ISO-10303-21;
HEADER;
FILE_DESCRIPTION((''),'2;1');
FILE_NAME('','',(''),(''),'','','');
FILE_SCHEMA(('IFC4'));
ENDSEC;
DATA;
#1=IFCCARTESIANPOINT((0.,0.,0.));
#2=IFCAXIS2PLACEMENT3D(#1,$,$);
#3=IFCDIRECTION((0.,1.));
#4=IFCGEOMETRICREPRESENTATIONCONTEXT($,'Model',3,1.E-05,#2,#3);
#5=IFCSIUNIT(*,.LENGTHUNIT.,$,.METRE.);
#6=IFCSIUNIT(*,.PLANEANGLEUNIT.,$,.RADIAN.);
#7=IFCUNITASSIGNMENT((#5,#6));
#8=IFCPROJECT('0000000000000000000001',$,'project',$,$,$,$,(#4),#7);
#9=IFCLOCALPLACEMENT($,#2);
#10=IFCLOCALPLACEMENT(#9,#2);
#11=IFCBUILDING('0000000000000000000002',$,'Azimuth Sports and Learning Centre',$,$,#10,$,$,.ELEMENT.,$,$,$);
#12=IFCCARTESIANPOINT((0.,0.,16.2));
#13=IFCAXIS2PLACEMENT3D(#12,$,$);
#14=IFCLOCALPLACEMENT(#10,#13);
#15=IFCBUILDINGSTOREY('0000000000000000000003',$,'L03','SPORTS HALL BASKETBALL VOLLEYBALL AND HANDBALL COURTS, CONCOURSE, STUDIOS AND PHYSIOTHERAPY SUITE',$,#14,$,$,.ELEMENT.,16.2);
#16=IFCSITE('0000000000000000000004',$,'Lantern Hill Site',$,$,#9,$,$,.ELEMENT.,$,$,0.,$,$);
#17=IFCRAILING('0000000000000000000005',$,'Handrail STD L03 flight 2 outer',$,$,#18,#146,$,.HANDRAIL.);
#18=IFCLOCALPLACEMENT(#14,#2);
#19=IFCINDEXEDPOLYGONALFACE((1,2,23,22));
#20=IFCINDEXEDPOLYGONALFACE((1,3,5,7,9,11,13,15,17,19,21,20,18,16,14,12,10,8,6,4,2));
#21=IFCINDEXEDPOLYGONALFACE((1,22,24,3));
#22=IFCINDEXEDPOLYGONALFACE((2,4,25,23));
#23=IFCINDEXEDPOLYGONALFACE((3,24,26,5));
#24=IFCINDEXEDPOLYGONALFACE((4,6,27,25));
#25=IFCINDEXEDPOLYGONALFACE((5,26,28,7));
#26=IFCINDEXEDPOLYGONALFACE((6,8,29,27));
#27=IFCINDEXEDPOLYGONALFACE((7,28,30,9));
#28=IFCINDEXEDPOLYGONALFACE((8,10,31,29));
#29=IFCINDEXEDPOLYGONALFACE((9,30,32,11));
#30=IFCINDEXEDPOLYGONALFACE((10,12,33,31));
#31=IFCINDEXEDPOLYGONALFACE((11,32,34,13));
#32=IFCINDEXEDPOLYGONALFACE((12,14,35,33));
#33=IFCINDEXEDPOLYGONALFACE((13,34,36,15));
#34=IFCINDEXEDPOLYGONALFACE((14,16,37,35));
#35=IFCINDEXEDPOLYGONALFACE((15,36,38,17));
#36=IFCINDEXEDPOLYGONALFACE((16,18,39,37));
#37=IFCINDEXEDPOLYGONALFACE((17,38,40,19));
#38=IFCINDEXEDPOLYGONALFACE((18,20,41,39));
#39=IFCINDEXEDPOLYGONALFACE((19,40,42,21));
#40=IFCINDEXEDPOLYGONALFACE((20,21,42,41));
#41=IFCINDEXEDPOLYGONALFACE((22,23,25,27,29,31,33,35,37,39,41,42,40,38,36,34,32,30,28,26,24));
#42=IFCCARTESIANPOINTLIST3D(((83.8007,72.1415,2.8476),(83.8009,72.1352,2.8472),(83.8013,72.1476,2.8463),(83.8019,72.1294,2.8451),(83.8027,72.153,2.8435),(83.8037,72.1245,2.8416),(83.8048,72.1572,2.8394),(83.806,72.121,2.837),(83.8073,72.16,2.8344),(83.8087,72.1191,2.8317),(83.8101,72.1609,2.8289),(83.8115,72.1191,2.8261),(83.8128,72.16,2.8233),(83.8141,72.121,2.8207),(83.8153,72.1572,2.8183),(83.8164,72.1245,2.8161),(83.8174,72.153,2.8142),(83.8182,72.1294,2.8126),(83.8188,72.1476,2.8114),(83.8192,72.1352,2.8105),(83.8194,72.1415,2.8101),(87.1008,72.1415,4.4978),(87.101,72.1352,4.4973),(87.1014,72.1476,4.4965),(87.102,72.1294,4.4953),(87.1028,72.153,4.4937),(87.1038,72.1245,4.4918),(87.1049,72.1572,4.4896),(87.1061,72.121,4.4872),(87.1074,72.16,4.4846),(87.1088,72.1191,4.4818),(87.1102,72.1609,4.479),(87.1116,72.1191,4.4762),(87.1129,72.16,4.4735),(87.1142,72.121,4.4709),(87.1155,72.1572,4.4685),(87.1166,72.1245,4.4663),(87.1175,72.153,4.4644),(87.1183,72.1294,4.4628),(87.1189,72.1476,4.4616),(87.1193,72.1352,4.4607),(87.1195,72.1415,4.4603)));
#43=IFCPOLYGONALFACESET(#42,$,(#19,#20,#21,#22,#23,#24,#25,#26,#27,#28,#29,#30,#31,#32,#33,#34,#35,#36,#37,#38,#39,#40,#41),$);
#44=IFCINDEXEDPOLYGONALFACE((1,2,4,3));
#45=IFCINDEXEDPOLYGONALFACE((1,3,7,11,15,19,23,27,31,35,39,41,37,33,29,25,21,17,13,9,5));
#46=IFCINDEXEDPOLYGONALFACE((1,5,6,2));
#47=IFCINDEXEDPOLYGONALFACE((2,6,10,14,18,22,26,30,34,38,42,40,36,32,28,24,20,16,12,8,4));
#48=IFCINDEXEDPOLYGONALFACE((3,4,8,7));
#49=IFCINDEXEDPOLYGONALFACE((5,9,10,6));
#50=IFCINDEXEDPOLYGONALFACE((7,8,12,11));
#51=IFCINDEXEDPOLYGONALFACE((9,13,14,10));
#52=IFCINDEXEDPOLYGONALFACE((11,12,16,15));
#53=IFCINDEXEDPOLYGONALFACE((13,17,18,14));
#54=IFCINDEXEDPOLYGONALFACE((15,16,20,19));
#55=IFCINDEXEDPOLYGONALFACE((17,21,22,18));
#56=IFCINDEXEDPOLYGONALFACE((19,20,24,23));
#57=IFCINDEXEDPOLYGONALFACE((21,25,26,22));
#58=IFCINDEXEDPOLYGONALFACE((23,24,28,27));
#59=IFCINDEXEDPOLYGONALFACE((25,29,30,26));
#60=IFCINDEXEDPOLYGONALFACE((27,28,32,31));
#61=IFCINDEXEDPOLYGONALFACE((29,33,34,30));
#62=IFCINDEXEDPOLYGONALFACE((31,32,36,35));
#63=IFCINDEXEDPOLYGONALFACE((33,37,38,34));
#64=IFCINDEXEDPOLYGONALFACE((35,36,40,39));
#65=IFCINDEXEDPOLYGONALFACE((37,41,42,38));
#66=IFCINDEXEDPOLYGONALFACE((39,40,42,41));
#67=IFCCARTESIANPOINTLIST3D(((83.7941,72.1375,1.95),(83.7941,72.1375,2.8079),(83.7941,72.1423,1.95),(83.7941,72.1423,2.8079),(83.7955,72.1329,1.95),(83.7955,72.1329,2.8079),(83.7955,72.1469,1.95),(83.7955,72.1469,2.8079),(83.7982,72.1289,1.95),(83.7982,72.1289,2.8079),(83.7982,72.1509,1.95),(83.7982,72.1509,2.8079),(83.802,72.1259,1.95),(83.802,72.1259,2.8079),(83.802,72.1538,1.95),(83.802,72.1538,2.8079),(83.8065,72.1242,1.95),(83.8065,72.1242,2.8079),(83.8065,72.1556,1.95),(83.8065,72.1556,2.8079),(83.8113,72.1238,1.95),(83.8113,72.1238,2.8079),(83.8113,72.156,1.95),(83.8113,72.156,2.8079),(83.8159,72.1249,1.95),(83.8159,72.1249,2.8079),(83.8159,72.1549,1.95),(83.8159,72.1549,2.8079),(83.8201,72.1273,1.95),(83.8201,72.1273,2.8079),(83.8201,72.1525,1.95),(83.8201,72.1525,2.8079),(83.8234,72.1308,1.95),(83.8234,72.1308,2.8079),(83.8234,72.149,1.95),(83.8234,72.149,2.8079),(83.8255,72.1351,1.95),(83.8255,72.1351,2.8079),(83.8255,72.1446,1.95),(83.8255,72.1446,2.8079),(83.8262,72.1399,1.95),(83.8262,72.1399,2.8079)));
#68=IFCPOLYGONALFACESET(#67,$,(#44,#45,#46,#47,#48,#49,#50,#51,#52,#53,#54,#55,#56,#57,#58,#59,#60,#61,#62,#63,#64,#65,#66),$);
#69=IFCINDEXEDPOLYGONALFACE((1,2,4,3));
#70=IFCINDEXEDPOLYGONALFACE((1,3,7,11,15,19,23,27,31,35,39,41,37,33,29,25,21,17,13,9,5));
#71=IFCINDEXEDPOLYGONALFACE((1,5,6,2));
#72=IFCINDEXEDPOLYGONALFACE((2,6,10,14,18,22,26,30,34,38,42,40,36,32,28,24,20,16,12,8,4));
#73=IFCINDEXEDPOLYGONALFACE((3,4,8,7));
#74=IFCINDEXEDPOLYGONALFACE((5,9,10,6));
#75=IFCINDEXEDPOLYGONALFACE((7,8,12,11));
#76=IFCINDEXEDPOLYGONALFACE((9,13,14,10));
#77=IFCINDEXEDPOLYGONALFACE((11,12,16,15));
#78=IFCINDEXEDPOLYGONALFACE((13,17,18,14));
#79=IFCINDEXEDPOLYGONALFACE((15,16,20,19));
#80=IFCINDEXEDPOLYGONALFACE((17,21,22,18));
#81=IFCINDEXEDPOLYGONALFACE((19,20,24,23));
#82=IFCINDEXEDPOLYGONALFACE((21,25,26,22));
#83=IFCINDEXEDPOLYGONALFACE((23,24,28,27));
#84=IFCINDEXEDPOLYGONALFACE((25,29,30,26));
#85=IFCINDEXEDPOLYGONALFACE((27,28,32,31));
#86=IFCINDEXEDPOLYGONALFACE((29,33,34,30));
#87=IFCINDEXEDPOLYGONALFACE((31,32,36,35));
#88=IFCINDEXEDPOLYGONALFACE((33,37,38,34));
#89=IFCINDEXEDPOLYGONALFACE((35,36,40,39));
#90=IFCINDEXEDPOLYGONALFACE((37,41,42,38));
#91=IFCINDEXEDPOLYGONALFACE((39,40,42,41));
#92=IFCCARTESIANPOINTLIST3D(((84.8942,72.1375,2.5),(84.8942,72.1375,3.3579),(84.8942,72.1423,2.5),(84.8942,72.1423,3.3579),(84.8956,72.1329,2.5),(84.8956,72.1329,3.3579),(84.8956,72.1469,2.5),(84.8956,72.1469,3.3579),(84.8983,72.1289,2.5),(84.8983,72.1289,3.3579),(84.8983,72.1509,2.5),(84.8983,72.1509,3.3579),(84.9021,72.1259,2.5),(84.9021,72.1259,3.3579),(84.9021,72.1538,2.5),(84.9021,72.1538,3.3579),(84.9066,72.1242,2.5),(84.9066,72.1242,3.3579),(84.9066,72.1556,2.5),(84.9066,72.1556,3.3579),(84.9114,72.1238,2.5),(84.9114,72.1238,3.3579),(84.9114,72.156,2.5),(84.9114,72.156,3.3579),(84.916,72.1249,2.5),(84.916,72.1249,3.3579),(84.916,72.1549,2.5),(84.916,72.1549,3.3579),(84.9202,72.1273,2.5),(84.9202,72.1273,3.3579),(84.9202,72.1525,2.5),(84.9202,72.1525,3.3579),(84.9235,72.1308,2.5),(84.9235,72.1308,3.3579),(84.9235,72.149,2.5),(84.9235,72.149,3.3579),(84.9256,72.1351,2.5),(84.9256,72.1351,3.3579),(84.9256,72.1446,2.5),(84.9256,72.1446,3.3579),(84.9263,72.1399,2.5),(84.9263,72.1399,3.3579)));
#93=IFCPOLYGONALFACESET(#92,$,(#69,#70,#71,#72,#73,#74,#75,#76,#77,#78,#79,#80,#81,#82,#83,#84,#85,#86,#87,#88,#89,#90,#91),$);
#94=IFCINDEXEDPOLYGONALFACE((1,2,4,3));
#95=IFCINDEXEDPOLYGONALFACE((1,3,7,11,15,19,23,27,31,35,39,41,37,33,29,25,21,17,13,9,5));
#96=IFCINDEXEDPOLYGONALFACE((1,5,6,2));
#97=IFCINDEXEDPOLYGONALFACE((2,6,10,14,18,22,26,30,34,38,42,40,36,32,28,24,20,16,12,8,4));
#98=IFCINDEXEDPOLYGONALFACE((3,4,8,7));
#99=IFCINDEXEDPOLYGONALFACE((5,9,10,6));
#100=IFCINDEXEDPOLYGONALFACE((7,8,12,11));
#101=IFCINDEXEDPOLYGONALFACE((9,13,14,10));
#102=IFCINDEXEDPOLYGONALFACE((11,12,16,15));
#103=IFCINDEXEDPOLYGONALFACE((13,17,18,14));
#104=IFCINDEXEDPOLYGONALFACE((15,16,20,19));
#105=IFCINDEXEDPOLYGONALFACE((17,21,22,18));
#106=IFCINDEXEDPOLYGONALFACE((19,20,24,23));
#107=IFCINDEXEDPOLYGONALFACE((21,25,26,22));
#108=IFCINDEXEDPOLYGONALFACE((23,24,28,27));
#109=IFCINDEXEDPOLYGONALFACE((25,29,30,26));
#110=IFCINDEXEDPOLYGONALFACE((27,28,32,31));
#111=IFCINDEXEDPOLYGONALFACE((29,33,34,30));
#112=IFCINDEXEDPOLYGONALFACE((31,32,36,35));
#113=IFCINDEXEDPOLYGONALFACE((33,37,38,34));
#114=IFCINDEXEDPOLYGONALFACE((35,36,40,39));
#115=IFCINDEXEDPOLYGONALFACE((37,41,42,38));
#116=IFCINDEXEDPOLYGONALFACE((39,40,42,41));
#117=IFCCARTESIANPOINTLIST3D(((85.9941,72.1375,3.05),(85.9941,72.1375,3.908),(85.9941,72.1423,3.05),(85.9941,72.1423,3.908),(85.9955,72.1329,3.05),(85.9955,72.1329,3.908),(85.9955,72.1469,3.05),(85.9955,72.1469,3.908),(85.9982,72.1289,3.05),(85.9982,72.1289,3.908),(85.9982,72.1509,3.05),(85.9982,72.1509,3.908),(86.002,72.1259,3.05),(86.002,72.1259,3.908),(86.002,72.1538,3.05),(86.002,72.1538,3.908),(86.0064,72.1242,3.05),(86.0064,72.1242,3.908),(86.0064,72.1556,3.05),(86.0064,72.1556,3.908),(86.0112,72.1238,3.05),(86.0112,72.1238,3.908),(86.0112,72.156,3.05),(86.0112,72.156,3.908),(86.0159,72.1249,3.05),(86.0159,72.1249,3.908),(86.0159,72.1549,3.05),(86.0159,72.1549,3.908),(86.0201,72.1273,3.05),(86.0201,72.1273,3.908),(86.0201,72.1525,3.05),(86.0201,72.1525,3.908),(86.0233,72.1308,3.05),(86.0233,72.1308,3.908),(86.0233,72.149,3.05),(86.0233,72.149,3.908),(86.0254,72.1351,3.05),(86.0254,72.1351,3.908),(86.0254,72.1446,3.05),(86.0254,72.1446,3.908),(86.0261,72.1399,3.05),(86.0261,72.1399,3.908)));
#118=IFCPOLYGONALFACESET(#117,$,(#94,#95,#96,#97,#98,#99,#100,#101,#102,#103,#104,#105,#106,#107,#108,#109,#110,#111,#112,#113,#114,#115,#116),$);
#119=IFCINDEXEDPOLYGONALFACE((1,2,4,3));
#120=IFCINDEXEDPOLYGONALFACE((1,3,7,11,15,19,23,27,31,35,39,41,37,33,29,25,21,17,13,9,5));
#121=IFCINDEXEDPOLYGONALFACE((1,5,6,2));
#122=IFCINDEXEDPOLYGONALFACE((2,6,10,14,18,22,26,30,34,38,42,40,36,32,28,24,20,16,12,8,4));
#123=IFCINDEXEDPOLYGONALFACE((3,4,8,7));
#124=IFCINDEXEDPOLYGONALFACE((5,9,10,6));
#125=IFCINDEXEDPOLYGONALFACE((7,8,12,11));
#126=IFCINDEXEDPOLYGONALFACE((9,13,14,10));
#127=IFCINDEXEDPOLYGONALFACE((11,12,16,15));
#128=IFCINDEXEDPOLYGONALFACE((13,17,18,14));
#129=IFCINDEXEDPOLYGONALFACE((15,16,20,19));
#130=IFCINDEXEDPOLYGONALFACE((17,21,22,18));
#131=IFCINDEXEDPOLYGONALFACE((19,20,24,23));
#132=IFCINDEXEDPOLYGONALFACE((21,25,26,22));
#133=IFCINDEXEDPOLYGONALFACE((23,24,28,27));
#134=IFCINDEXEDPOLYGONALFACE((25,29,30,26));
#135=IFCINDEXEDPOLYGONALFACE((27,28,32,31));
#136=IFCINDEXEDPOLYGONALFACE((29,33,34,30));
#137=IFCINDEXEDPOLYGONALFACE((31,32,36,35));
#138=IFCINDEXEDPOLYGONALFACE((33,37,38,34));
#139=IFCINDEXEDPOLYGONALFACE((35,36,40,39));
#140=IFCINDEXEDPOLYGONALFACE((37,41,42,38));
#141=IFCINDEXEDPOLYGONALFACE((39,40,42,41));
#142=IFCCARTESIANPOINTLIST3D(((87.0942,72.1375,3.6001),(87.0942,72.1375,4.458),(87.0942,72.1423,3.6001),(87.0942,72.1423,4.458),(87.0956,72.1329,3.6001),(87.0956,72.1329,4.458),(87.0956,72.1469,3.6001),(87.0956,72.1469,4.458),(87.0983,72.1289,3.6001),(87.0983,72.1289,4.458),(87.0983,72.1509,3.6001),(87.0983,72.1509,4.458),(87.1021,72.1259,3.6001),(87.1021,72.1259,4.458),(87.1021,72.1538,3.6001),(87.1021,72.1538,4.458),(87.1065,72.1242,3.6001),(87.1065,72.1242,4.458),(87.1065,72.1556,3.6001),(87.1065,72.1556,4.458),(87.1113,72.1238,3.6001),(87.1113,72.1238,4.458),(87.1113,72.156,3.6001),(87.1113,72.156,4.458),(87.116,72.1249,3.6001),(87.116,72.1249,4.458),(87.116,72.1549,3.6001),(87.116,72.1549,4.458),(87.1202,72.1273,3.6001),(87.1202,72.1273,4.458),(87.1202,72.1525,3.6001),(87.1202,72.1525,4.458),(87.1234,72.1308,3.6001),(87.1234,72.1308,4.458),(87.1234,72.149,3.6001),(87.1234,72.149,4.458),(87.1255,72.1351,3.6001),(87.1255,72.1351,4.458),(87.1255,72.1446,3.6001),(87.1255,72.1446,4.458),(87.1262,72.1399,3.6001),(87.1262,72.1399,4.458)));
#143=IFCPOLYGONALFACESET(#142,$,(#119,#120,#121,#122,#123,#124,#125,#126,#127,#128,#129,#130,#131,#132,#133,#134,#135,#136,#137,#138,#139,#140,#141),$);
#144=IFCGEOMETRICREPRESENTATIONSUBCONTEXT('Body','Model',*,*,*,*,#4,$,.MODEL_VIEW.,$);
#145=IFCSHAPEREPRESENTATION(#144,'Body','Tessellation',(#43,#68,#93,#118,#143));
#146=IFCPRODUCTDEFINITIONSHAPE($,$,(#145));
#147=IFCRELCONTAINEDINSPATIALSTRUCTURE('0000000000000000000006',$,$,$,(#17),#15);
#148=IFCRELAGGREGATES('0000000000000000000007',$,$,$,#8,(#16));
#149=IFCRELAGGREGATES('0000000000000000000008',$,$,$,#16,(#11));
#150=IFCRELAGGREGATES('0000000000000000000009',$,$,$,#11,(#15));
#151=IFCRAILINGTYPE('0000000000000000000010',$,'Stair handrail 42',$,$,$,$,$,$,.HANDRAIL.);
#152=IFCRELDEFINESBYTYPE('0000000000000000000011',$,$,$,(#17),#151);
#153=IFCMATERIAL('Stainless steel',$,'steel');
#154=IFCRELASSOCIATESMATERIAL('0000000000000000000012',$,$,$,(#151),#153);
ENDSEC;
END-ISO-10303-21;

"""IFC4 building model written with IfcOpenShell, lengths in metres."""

from ifc_helpers import new_model, si_unit, direction, frame, origin, origin_2d, place, context, subcontext, project, spatial, circle, extrude, material, type_object, element, save


model = new_model("IFC4")

# Units and contexts
model_context = context("Model", 3, precision=1e-05, world=origin(), true_north=direction((0.0, 1.0)))
body_context = subcontext(model_context, "Body", "Model", "MODEL_VIEW")
ifc_project = project(units=[si_unit("LENGTHUNIT", "METRE"), si_unit("PLANEANGLEUNIT", "RADIAN")], contexts=[model_context])

# Site, building, storey
site_placement = place(None, origin())
site = spatial("IfcSite", under=ifc_project, at=site_placement, Name="Lantern Hill Site", CompositionType="ELEMENT", RefElevation=0.0)
building_placement = place(site_placement, origin())
building = spatial("IfcBuilding", under=site, at=building_placement, Name="Azimuth Sports and Learning Centre", CompositionType="ELEMENT")
storey_placement = place(building_placement, frame((0.0, 0.0, 16.2)))
storey = spatial("IfcBuildingStorey", under=building, at=storey_placement, Name="L03", Description="SPORTS HALL BASKETBALL VOLLEYBALL AND HANDBALL COURTS, CONCOURSE, STUDIOS AND PHYSIOTHERAPY SUITE", CompositionType="ELEMENT", Elevation=16.2)

# Railing
ifc_material_1 = material(Name="Stainless steel", Category="steel")
railing_type_1 = type_object("IfcRailingType", Name="Stair handrail 42", PredefinedType="HANDRAIL", material=ifc_material_1)
for number, where, name in (
    (1, (83.8101, 72.1399, 1.95), "Handrail STD L03 flight 2 outer"),
):
    element("IfcRailing", number, at=place(storey_placement, frame(where)), inside=storey, type_object=railing_type_1, Name=name, PredefinedType="HANDRAIL", context=body_context, shape_type="SweptSolid", body=[
        extrude(circle(Radius=0.021, at=origin_2d()), frame((0.0, 0.0, 0.8789), z_axis=(0.894414, 0.0, 0.44724), x_axis=(0.0, 1.0, 0.0)), (0.0, 0.0, 1.0), 3.6897),
        extrude(circle(Radius=0.0161, at=origin_2d()), origin(), (0.0, 0.0, 1.0), 0.8579),
        extrude(circle(Radius=0.0161, at=origin_2d()), frame((1.1001, 0.0, 0.55)), (0.0, 0.0, 1.0), 0.8579),
        extrude(circle(Radius=0.0161, at=origin_2d()), frame((2.2, 0.0, 1.1001)), (0.0, 0.0, 1.0), 0.8579),
        extrude(circle(Radius=0.0161, at=origin_2d()), frame((3.3, 0.0, 1.6501)), (0.0, 0.0, 1.0), 0.8579),
    ])

save(model, "model.ifc")
